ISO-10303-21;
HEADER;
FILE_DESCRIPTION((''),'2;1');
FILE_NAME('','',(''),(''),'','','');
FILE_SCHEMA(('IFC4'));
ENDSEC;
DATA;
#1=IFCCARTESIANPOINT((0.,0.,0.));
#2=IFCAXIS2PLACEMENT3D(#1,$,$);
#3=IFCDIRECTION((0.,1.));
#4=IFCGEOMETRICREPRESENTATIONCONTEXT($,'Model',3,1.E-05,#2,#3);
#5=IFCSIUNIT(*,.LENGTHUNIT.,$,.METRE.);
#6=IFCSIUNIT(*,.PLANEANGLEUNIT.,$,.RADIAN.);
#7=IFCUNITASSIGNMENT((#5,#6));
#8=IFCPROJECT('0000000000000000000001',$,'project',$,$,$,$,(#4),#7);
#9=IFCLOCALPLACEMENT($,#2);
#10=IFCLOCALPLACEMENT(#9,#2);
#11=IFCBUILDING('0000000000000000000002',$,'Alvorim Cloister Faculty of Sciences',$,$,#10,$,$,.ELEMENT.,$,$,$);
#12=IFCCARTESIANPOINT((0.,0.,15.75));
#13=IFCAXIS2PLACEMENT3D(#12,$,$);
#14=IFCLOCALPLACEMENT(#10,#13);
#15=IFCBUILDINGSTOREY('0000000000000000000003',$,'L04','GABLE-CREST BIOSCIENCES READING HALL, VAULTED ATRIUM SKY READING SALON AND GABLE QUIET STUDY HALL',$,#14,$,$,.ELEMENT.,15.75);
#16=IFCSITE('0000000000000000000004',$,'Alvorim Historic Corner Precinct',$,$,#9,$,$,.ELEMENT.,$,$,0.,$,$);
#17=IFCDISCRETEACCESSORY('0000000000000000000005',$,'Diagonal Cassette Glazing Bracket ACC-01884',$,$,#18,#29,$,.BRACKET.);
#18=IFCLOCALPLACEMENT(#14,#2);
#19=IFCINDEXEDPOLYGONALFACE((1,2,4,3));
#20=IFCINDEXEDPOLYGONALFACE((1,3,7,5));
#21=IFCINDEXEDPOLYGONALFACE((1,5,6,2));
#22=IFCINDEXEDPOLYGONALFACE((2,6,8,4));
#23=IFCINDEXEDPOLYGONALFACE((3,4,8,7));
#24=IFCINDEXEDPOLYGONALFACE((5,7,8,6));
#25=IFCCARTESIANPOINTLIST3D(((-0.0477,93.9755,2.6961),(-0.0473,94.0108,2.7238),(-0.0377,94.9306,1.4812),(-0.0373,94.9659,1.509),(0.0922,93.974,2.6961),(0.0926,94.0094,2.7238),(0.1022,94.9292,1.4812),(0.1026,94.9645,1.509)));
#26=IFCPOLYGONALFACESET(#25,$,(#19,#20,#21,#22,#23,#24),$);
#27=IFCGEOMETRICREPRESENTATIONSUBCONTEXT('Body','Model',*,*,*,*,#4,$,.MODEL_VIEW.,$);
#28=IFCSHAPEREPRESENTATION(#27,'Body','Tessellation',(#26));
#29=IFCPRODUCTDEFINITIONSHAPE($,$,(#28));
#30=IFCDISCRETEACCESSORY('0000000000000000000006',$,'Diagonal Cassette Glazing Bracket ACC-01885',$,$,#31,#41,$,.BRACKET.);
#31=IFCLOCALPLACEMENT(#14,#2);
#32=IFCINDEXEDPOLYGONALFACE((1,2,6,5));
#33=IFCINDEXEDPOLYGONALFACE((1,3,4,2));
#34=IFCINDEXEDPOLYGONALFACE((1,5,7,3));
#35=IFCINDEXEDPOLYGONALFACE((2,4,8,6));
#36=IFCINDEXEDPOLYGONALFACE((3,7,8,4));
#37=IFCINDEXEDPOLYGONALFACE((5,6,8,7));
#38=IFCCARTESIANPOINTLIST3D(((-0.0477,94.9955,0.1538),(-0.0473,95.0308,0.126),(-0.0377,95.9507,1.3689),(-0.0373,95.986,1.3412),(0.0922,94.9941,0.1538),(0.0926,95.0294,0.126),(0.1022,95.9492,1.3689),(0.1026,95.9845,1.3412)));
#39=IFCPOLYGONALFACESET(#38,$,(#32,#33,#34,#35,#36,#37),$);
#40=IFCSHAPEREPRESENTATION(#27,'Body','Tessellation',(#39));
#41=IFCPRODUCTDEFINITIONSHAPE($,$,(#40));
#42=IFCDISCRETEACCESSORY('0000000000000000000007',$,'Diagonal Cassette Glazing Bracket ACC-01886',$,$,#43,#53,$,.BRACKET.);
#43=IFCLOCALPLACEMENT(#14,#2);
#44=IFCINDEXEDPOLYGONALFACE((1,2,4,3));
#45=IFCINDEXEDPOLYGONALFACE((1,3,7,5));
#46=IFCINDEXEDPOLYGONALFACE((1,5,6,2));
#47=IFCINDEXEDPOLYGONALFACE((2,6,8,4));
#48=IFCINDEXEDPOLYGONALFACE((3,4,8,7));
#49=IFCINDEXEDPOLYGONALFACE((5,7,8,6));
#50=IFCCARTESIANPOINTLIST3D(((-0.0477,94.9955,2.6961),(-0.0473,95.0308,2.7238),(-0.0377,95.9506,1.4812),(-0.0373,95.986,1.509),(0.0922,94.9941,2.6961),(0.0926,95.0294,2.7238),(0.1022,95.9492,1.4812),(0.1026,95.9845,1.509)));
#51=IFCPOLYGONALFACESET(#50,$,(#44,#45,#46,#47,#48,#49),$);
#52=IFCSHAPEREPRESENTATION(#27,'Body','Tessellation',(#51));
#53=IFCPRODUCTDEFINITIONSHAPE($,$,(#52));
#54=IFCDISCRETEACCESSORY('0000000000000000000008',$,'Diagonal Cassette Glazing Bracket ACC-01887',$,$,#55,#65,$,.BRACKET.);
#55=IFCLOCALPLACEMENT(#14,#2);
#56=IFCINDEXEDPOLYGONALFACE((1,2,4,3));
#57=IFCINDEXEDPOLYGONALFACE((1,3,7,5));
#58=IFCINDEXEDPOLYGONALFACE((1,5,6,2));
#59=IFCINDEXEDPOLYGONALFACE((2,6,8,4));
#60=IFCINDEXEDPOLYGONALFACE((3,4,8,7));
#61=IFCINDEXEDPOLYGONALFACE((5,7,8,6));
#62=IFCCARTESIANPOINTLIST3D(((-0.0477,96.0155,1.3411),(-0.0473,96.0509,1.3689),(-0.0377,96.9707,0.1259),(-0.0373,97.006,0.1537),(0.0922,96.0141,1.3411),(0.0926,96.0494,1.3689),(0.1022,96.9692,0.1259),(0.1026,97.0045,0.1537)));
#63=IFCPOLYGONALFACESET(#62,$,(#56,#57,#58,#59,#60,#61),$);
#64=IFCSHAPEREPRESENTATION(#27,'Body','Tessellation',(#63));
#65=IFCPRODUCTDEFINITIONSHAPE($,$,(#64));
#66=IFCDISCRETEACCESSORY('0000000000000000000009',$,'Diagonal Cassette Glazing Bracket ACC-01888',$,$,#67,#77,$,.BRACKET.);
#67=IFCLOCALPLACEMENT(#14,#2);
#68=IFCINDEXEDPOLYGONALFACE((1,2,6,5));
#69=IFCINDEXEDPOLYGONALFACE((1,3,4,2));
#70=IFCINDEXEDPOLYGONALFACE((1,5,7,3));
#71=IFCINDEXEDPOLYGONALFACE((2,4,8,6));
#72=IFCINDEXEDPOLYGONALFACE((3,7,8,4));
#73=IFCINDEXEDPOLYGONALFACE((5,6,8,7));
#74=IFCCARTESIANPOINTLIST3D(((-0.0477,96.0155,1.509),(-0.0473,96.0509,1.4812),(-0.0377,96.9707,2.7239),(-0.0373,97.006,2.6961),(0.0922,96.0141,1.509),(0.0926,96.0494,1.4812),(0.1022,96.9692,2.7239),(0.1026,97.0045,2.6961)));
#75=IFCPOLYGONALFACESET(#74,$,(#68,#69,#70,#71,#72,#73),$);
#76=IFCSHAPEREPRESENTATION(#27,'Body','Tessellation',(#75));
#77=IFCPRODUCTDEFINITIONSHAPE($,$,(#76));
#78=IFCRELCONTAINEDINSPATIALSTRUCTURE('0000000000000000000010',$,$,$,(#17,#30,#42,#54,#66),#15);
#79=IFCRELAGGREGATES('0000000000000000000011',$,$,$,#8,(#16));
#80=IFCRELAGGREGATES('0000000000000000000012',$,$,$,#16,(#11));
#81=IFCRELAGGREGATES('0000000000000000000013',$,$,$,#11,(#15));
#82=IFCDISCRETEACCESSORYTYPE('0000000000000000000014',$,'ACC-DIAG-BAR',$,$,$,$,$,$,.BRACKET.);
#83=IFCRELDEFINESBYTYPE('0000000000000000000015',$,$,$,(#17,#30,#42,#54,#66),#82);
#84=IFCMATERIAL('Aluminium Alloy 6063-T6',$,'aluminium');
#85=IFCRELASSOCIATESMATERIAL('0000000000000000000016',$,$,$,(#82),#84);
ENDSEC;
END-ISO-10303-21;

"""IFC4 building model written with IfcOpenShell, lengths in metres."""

from ifc_helpers import new_model, si_unit, direction, frame, origin, origin_2d, place, context, subcontext, project, spatial, rectangle, extrude, material, type_object, element, save


model = new_model("IFC4")

# Units and contexts
model_context = context("Model", 3, precision=1e-05, world=origin(), true_north=direction((0.0, 1.0)))
body_context = subcontext(model_context, "Body", "Model", "MODEL_VIEW")
ifc_project = project(units=[si_unit("LENGTHUNIT", "METRE"), si_unit("PLANEANGLEUNIT", "RADIAN")], contexts=[model_context])

# Site, building, storey
site_placement = place(None, origin())
site = spatial("IfcSite", under=ifc_project, at=site_placement, Name="Alvorim Historic Corner Precinct", CompositionType="ELEMENT", RefElevation=0.0)
building_placement = place(site_placement, origin())
building = spatial("IfcBuilding", under=site, at=building_placement, Name="Alvorim Cloister Faculty of Sciences", CompositionType="ELEMENT")
storey_placement = place(building_placement, frame((0.0, 0.0, 15.75)))
storey = spatial("IfcBuildingStorey", under=building, at=storey_placement, Name="L04", Description="GABLE-CREST BIOSCIENCES READING HALL, VAULTED ATRIUM SKY READING SALON AND GABLE QUIET STUDY HALL", CompositionType="ELEMENT", Elevation=15.75)

# Shared definitions
ifc_material_1 = material(Name="Aluminium Alloy 6063-T6", Category="aluminium")

# Discrete accessories
discrete_accessory_type = type_object("IfcDiscreteAccessoryType", Name="ACC-DIAG-BAR", PredefinedType="BRACKET", material=ifc_material_1)
discrete_accessory_1_placement = place(storey_placement, frame((0.0225, 93.9924, 2.71), z_axis=(0.006477, 0.618032, -0.786126), x_axis=(-0.999945, 0.01048, 0.0)))
element("IfcDiscreteAccessory", 1, at=discrete_accessory_1_placement, inside=storey, type_object=discrete_accessory_type, Name="Diagonal Cassette Glazing Bracket ACC-01884", PredefinedType="BRACKET", context=body_context, shape_type="SweptSolid", body=[
    extrude(rectangle(XDim=0.1399, YDim=0.0449, at=origin_2d()), origin(), (0.0, 0.0, 1.0), 1.5454),
])
discrete_accessory_2_placement = place(storey_placement, frame((0.0225, 95.0125, 0.1399), z_axis=(0.006477, 0.617955, 0.786187), x_axis=(-0.999945, 0.01048, 0.0)))
element("IfcDiscreteAccessory", 2, at=discrete_accessory_2_placement, inside=storey, type_object=discrete_accessory_type, Name="Diagonal Cassette Glazing Bracket ACC-01885", PredefinedType="BRACKET", context=body_context, shape_type="SweptSolid", body=[
    extrude(rectangle(XDim=0.1399, YDim=0.0449, at=origin_2d()), origin(), (0.0, 0.0, 1.0), 1.5457),
])
discrete_accessory_3_placement = place(storey_placement, frame((0.0225, 95.0125, 2.71), z_axis=(0.006477, 0.618032, -0.786126), x_axis=(-0.999945, 0.01048, 0.0)))
element("IfcDiscreteAccessory", 3, at=discrete_accessory_3_placement, inside=storey, type_object=discrete_accessory_type, Name="Diagonal Cassette Glazing Bracket ACC-01886", PredefinedType="BRACKET", context=body_context, shape_type="SweptSolid", body=[
    extrude(rectangle(XDim=0.1399, YDim=0.0449, at=origin_2d()), origin(), (0.0, 0.0, 1.0), 1.5454),
])
discrete_accessory_4_placement = place(storey_placement, frame((0.0225, 96.0325, 1.355), z_axis=(0.006477, 0.617955, -0.786187), x_axis=(-0.999945, 0.01048, 0.0)))
element("IfcDiscreteAccessory", 4, at=discrete_accessory_4_placement, inside=storey, type_object=discrete_accessory_type, Name="Diagonal Cassette Glazing Bracket ACC-01887", PredefinedType="BRACKET", context=body_context, shape_type="SweptSolid", body=[
    extrude(rectangle(XDim=0.1399, YDim=0.0449, at=origin_2d()), origin(), (0.0, 0.0, 1.0), 1.5457),
])
discrete_accessory_5_placement = place(storey_placement, frame((0.0225, 96.0325, 1.4951), z_axis=(0.006477, 0.618032, 0.786126), x_axis=(-0.999945, 0.01048, 0.0)))
element("IfcDiscreteAccessory", 5, at=discrete_accessory_5_placement, inside=storey, type_object=discrete_accessory_type, Name="Diagonal Cassette Glazing Bracket ACC-01888", PredefinedType="BRACKET", context=body_context, shape_type="SweptSolid", body=[
    extrude(rectangle(XDim=0.1399, YDim=0.0449, at=origin_2d()), origin(), (0.0, 0.0, 1.0), 1.5454),
])

save(model, "model.ifc")
